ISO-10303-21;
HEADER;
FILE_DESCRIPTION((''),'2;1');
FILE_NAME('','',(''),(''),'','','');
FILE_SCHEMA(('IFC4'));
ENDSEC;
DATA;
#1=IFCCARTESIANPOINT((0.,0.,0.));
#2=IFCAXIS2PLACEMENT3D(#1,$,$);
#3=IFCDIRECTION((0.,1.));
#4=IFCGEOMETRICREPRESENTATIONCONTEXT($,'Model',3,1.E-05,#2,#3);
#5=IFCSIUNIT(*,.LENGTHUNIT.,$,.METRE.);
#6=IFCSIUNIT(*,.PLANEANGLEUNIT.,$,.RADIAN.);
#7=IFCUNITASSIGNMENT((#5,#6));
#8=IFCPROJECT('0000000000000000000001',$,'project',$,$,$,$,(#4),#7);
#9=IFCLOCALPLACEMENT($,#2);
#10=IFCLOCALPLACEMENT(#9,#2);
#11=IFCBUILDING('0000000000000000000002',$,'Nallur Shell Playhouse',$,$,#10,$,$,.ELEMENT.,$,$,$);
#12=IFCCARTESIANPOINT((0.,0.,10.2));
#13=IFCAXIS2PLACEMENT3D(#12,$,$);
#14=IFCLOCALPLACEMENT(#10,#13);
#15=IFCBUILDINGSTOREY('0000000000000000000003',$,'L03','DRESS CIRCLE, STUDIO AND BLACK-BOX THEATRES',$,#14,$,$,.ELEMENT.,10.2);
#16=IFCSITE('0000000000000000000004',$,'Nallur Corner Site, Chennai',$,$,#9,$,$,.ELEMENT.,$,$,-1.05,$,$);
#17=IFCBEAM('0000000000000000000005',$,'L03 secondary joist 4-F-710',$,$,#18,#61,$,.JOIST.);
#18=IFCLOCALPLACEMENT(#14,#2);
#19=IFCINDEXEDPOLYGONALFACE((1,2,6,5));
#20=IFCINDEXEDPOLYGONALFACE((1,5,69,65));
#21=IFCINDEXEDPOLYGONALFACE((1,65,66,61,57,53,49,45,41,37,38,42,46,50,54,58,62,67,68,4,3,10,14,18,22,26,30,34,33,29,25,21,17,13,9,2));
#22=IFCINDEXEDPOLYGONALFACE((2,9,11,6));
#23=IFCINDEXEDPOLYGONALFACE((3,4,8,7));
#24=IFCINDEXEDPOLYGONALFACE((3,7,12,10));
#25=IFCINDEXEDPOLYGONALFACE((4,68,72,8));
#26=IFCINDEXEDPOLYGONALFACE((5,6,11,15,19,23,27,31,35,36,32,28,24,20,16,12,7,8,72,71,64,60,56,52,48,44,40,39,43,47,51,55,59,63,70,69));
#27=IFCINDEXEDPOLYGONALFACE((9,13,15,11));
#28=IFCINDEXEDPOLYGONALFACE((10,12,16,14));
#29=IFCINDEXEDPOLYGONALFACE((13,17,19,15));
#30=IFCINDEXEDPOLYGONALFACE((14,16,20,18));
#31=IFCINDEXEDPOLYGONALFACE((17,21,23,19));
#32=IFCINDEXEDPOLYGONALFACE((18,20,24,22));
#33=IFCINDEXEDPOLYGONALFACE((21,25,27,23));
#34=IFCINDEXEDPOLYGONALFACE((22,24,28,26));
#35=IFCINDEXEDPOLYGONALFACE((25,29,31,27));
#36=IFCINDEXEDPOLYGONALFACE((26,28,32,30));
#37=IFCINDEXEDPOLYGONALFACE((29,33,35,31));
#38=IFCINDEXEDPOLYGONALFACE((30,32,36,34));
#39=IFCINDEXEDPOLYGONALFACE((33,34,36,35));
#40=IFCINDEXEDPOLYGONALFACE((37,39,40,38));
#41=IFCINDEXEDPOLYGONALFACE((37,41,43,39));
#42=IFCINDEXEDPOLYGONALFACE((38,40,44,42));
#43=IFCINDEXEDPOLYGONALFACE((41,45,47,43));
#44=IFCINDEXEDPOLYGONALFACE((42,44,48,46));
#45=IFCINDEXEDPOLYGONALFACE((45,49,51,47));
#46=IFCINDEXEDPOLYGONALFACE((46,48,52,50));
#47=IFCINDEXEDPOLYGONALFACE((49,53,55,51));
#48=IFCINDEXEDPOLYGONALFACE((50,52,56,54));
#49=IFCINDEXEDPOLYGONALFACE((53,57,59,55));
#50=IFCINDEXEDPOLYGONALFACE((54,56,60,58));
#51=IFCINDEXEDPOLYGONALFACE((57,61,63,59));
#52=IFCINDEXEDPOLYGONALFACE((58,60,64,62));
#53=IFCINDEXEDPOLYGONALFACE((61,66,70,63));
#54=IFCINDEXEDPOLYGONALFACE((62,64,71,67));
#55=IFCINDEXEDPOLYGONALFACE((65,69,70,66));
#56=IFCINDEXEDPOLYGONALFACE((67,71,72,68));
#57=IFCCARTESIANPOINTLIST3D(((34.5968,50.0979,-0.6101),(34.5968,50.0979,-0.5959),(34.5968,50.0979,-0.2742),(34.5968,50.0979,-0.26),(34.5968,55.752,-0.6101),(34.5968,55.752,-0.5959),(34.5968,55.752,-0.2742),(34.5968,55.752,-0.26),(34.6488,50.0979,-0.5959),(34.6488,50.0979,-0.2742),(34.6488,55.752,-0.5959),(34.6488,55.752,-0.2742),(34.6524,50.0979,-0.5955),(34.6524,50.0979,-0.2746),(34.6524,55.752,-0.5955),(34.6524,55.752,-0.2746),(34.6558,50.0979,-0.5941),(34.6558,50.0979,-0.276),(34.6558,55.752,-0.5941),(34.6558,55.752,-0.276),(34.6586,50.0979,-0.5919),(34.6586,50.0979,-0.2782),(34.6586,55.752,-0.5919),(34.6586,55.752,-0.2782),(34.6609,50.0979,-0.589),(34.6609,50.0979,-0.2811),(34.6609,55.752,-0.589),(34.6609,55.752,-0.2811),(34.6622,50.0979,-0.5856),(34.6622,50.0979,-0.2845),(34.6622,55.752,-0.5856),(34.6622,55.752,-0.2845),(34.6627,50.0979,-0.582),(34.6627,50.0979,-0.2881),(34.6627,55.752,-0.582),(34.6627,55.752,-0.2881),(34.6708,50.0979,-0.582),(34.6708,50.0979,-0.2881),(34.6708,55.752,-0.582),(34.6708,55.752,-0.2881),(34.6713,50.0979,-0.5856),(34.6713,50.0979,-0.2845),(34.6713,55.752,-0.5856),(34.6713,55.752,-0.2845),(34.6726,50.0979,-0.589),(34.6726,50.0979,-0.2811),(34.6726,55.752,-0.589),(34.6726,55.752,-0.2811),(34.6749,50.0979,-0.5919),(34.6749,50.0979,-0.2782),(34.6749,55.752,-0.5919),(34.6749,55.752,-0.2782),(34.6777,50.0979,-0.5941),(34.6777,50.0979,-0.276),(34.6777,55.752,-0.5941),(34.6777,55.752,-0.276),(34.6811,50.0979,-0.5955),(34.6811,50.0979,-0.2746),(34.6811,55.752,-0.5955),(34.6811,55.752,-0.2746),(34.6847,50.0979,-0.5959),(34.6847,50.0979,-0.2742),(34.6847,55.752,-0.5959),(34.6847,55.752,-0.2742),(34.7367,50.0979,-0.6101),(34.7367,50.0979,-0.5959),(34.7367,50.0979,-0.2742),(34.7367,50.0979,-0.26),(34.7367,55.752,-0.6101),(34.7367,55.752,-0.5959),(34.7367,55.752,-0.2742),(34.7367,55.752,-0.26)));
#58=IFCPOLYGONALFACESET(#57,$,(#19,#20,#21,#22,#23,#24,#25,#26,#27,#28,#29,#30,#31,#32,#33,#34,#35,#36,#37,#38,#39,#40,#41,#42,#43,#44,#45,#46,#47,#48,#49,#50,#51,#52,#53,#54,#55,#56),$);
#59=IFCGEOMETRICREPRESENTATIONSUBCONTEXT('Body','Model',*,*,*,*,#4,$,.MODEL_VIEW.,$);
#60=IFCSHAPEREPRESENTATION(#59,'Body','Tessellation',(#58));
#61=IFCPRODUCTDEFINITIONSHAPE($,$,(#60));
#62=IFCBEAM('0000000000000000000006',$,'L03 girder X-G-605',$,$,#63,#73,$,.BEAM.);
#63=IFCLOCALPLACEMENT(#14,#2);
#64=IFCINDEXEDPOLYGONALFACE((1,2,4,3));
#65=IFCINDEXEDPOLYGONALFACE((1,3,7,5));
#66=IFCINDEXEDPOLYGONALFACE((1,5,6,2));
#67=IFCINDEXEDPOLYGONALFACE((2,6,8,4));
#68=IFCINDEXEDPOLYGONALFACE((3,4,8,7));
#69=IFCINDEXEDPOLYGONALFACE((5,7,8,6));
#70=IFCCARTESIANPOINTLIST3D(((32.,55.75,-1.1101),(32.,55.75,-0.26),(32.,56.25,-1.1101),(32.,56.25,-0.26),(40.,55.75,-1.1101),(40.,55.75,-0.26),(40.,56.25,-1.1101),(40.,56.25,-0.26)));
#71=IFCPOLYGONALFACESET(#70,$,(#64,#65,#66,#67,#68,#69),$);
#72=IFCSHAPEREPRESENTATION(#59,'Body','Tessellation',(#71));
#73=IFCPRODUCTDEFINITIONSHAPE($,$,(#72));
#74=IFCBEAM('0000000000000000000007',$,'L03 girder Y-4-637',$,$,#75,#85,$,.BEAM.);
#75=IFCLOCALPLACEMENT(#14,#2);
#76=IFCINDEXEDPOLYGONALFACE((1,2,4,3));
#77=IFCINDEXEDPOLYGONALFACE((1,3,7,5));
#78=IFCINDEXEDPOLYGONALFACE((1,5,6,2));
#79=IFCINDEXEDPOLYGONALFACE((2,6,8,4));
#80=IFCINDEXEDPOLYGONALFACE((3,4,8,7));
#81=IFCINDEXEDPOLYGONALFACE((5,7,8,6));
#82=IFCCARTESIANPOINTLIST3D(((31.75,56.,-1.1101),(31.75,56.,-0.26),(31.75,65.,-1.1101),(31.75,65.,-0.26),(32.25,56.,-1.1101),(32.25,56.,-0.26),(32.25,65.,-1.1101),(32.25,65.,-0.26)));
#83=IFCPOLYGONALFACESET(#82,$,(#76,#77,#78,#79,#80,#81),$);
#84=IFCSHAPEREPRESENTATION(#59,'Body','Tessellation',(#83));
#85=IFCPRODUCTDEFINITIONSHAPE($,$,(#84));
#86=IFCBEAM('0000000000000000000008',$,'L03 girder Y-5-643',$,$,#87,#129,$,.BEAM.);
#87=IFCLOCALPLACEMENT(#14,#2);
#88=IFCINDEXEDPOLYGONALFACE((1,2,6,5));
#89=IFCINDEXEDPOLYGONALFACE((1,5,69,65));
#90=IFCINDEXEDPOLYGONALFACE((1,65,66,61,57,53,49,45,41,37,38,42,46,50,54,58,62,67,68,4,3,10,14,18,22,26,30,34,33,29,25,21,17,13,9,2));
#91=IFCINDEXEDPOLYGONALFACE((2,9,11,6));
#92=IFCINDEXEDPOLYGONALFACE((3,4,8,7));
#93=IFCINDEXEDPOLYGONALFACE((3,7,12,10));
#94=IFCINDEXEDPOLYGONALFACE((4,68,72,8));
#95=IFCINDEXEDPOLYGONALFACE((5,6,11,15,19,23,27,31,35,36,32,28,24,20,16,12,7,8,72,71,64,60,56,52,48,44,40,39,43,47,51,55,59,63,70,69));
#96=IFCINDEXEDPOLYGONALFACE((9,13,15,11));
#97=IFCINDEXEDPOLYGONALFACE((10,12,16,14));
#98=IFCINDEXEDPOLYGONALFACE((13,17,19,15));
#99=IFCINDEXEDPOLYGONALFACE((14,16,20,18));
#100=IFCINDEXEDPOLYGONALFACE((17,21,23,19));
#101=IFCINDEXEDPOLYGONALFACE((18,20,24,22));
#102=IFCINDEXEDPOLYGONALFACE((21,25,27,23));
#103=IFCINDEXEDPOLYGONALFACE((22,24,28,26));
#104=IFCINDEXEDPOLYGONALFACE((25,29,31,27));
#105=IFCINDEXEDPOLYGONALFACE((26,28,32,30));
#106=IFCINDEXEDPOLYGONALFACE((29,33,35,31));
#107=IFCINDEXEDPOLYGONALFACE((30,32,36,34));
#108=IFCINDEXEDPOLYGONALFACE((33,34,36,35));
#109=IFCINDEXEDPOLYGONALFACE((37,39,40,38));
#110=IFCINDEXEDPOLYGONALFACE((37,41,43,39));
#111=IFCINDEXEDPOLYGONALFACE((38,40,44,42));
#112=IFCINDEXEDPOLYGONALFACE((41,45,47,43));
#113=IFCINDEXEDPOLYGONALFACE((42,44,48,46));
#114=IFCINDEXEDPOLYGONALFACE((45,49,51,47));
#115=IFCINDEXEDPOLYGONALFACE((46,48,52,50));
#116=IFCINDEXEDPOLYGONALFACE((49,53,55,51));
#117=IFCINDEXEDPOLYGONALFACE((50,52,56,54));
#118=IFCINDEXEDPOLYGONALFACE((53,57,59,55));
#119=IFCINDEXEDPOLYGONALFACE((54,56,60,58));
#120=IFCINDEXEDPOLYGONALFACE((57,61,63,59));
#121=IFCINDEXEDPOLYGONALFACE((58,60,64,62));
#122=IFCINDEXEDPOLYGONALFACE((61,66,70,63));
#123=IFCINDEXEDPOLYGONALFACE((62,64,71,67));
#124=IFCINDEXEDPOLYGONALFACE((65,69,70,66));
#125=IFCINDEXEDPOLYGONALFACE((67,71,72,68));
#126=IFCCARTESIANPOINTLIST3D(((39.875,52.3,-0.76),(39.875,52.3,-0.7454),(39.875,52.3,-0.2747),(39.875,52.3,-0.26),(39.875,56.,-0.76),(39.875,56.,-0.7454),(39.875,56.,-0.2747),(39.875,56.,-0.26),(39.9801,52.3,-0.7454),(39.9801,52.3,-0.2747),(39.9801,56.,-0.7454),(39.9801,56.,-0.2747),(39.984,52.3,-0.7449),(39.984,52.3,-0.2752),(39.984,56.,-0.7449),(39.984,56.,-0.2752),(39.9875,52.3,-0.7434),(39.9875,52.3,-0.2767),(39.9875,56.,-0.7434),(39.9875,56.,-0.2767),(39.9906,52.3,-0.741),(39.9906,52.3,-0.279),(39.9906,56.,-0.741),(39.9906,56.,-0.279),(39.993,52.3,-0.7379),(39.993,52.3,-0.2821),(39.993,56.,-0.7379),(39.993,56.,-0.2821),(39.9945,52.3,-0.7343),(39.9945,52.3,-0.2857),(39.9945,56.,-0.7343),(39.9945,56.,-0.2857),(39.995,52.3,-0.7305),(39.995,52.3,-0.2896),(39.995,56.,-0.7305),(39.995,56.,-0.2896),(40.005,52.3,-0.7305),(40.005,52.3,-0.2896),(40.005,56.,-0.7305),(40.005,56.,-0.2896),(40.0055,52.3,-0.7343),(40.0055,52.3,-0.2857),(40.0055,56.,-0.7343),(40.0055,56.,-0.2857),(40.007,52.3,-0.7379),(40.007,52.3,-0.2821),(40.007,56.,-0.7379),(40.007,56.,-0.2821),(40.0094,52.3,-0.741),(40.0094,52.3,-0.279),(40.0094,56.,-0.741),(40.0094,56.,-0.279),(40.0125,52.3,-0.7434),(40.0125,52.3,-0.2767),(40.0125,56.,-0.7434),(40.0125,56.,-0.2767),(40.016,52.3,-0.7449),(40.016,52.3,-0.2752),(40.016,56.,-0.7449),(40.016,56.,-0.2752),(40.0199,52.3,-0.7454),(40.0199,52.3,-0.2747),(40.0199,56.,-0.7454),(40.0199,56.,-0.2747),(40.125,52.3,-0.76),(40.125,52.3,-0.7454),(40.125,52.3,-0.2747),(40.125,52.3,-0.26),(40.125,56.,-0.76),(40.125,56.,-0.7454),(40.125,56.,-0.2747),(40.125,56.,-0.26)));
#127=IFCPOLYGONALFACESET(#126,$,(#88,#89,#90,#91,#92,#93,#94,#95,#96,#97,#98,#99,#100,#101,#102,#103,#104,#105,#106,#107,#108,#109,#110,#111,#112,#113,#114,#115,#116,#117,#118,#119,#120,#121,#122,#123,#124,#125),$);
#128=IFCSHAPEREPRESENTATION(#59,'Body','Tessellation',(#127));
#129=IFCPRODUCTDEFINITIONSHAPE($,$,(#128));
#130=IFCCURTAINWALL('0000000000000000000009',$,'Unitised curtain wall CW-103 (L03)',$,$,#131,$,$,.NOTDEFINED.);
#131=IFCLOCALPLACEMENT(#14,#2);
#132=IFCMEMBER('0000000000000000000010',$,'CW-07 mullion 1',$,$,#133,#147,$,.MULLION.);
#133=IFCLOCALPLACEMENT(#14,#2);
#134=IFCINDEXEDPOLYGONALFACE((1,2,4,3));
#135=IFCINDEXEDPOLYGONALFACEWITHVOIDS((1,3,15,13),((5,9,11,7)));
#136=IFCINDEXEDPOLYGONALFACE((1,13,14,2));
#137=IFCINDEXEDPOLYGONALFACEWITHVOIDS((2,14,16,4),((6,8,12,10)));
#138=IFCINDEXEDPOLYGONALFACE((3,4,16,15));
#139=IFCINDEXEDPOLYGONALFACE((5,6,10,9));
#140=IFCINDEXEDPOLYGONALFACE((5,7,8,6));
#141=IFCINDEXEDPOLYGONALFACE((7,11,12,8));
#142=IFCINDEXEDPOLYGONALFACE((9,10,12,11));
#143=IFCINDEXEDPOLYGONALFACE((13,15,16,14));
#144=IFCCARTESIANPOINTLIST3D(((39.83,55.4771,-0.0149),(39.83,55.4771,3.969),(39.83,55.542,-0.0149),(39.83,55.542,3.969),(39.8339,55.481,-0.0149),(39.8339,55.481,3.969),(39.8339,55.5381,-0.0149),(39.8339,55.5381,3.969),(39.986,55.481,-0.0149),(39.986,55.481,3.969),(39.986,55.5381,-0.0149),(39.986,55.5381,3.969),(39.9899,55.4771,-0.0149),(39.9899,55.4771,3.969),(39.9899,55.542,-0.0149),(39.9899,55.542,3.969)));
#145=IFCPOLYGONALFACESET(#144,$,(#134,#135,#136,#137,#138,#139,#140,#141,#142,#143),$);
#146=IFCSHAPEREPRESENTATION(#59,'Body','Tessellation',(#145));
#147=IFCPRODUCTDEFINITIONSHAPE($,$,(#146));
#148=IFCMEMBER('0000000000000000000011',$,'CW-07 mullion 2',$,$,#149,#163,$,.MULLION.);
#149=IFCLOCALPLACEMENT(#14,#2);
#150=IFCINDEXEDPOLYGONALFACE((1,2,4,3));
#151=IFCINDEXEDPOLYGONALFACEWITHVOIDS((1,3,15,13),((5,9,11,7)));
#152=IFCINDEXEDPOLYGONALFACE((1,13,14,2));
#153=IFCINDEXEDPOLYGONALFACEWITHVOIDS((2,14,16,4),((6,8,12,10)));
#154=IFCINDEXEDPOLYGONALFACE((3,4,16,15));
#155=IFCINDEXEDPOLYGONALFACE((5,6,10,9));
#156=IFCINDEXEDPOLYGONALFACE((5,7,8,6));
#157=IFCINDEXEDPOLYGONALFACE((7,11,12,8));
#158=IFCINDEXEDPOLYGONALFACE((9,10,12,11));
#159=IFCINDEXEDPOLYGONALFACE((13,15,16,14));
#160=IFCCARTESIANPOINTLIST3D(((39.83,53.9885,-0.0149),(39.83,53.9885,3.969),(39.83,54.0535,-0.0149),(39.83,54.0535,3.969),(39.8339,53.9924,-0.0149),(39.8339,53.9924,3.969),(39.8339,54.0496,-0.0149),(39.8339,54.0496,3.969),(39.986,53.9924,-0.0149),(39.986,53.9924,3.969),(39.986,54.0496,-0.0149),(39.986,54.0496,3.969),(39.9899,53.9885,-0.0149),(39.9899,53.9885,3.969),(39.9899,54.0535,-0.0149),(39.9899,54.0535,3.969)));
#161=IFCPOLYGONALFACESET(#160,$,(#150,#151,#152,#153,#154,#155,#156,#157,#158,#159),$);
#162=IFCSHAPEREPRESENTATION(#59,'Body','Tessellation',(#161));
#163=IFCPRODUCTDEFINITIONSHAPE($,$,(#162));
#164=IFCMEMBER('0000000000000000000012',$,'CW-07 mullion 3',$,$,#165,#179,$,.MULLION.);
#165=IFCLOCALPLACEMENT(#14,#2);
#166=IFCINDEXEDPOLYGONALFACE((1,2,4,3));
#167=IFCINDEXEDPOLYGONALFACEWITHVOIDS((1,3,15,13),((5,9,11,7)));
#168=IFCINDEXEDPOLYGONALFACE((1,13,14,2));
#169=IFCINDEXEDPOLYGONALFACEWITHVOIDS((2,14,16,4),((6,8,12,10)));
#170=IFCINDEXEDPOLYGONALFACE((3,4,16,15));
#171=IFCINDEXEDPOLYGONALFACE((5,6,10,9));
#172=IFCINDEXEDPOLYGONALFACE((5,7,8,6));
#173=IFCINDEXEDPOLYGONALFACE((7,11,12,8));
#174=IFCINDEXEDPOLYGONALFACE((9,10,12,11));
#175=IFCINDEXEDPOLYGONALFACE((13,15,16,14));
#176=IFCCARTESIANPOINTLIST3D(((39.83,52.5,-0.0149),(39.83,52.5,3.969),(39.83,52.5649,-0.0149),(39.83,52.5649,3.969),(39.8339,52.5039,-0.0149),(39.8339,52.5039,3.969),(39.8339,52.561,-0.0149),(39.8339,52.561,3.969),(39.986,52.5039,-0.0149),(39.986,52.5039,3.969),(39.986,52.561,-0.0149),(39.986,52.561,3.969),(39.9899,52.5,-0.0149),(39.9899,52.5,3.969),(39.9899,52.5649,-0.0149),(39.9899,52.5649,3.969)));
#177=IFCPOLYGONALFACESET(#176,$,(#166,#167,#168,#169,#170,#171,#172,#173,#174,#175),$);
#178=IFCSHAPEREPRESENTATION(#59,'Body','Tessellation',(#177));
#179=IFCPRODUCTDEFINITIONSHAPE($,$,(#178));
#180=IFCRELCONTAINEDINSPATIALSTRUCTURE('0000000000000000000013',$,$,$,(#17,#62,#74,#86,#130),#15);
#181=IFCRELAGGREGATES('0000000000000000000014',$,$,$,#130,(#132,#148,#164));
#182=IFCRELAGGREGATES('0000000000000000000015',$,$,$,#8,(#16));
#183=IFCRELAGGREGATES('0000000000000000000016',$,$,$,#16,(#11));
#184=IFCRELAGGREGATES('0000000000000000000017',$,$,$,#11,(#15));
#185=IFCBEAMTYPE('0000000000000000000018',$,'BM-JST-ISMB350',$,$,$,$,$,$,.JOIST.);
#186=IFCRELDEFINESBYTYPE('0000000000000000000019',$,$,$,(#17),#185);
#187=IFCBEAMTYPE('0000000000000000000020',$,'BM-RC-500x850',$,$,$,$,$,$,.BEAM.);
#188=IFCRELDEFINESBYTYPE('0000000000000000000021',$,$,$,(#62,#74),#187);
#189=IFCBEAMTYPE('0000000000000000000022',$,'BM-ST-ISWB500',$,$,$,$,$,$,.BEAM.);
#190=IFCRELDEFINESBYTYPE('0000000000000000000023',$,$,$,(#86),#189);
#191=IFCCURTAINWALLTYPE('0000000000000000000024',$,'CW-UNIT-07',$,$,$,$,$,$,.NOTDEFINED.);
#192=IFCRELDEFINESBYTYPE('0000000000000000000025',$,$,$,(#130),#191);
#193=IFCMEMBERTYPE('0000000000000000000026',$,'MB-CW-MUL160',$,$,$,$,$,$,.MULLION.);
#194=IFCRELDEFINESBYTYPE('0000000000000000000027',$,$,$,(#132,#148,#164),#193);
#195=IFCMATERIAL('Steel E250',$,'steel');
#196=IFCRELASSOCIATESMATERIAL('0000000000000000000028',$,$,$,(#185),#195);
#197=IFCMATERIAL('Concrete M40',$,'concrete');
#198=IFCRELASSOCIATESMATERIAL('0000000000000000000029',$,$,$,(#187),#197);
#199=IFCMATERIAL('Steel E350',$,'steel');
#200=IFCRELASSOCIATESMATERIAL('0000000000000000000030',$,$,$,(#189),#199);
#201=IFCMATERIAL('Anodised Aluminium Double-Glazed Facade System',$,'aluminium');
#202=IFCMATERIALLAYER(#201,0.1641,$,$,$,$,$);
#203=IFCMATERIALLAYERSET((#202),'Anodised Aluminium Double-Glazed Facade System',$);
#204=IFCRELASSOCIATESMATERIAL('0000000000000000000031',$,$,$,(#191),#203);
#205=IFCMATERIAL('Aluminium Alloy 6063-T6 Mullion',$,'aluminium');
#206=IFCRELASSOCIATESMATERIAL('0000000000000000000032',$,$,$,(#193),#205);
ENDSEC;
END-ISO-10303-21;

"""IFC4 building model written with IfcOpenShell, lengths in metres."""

from ifc_helpers import new_model, si_unit, direction, frame, origin, origin_2d, place, context, subcontext, project, spatial, rectangle, hollow_rectangle, i_section, extrude, material, layer, layer_set, material_profile, profile_set, type_object, element, aggregate, save


model = new_model("IFC4")

# Units and contexts
model_context = context("Model", 3, precision=1e-05, world=origin(), true_north=direction((0.0, 1.0)))
body_context = subcontext(model_context, "Body", "Model", "MODEL_VIEW")
ifc_project = project(units=[si_unit("LENGTHUNIT", "METRE"), si_unit("PLANEANGLEUNIT", "RADIAN")], contexts=[model_context])

# Site, building, storey
site_placement = place(None, origin())
site = spatial("IfcSite", under=ifc_project, at=site_placement, Name="Nallur Corner Site, Chennai", CompositionType="ELEMENT", RefElevation=-1.05)
building_placement = place(site_placement, origin())
building = spatial("IfcBuilding", under=site, at=building_placement, Name="Nallur Shell Playhouse", CompositionType="ELEMENT")
storey_placement = place(building_placement, frame((0.0, 0.0, 10.2)))
storey = spatial("IfcBuildingStorey", under=building, at=storey_placement, Name="L03", Description="DRESS CIRCLE, STUDIO AND BLACK-BOX THEATRES", CompositionType="ELEMENT", Elevation=10.2)

# Shared definitions
ifc_material_1 = material(Name="Concrete M40", Category="concrete")
ifc_material_2 = material(Name="Steel E350", Category="steel")

# Beams
ifc_material_3 = material(Name="Steel E250", Category="steel")
ifc_material_profile_1 = material_profile(ifc_material_3, i_section(OverallWidth=0.1399, OverallDepth=0.3501, WebThickness=0.0081, FlangeThickness=0.0142, FilletRadius=0.0139, at=origin_2d()), Name="ISMB 350")
ifc_profile_set_1 = profile_set([ifc_material_profile_1], Name="Steel E250")
beam_type_1 = type_object("IfcBeamType", Name="BM-JST-ISMB350", PredefinedType="JOIST", material=ifc_profile_set_1)
beam_1_placement = place(storey_placement, frame((34.6667, 50.0979, -0.4351), z_axis=(0.0, 1.0, 0.0), x_axis=(-1.0, 0.0, 0.0)))
element("IfcBeam", 1, at=beam_1_placement, inside=storey, type_object=beam_type_1, Name="L03 secondary joist 4-F-710", PredefinedType="JOIST", context=body_context, shape_type="SweptSolid", body=[
    extrude(i_section(OverallWidth=0.1399, OverallDepth=0.3501, WebThickness=0.0081, FlangeThickness=0.0142, FilletRadius=0.0139, at=origin_2d()), origin(), (0.0, 0.0, 1.0), 5.6541),
])
ifc_material_profile_2 = material_profile(ifc_material_1, rectangle(XDim=0.5, YDim=0.8501, at=origin_2d()), Name="RC 500x850")
ifc_profile_set_2 = profile_set([ifc_material_profile_2], Name="Concrete M40")
beam_type_2 = type_object("IfcBeamType", Name="BM-RC-500x850", PredefinedType="BEAM", material=ifc_profile_set_2)
beam_2_placement = place(storey_placement, frame((32.0, 56.0, -0.6851), z_axis=(1.0, 0.0, 0.0), x_axis=(0.0, 1.0, 0.0)))
element("IfcBeam", 2, at=beam_2_placement, inside=storey, type_object=beam_type_2, Name="L03 girder X-G-605", PredefinedType="BEAM", context=body_context, shape_type="SweptSolid", body=[
    extrude(rectangle(XDim=0.5, YDim=0.8501, at=origin_2d()), origin(), (0.0, 0.0, 1.0), 8.0),
])
beam_3_placement = place(storey_placement, frame((32.0, 56.0, -0.6851), z_axis=(0.0, 1.0, 0.0), x_axis=(-1.0, 0.0, 0.0)))
element("IfcBeam", 3, at=beam_3_placement, inside=storey, type_object=beam_type_2, Name="L03 girder Y-4-637", PredefinedType="BEAM", context=body_context, shape_type="SweptSolid", body=[
    extrude(rectangle(XDim=0.5, YDim=0.8501, at=origin_2d()), origin(), (0.0, 0.0, 1.0), 9.0),
])
ifc_material_profile_3 = material_profile(ifc_material_2, i_section(OverallWidth=0.25, OverallDepth=0.5, WebThickness=0.01, FlangeThickness=0.0146, FilletRadius=0.0149, at=origin_2d()), Name="ISWB 500")
ifc_profile_set_3 = profile_set([ifc_material_profile_3], Name="Steel E350")
beam_type_3 = type_object("IfcBeamType", Name="BM-ST-ISWB500", PredefinedType="BEAM", material=ifc_profile_set_3)
beam_4_placement = place(storey_placement, frame((40.0, 52.3, -0.51), z_axis=(0.0, 1.0, 0.0), x_axis=(-1.0, 0.0, 0.0)))
element("IfcBeam", 4, at=beam_4_placement, inside=storey, type_object=beam_type_3, Name="L03 girder Y-5-643", PredefinedType="BEAM", context=body_context, shape_type="SweptSolid", body=[
    extrude(i_section(OverallWidth=0.25, OverallDepth=0.5, WebThickness=0.01, FlangeThickness=0.0146, FilletRadius=0.0149, at=origin_2d()), origin(), (0.0, 0.0, 1.0), 3.7),
])

# Curtain wall, members
ifc_material_4 = material(Name="Anodised Aluminium Double-Glazed Facade System", Category="aluminium")
ifc_layer_1 = layer(ifc_material_4, 0.1641)
ifc_layer_set_1 = layer_set([ifc_layer_1], Name="Anodised Aluminium Double-Glazed Facade System")
curtain_wall_type = type_object("IfcCurtainWallType", Name="CW-UNIT-07", PredefinedType="NOTDEFINED", material=ifc_layer_set_1)
curtain_wall_placement = place(storey_placement, origin())
curtain_wall = element("IfcCurtainWall", 5, at=curtain_wall_placement, inside=storey, type_object=curtain_wall_type, Name="Unitised curtain wall CW-103 (L03)", PredefinedType="NOTDEFINED")
ifc_material_5 = material(Name="Aluminium Alloy 6063-T6 Mullion", Category="aluminium")
ifc_material_profile_4 = material_profile(ifc_material_5, hollow_rectangle(XDim=0.0649, YDim=0.1599, WallThickness=0.0039, at=origin_2d()), Name="ALU 65x160x4")
ifc_profile_set_4 = profile_set([ifc_material_profile_4], Name="Aluminium Alloy 6063-T6 Mullion")
member_type_1 = type_object("IfcMemberType", Name="MB-CW-MUL160", PredefinedType="MULLION", material=ifc_profile_set_4)
member_1_placement = place(storey_placement, frame((39.9099, 55.5095, -0.0149), z_axis=(0.0, 0.0, 1.0), x_axis=(0.0, -1.0, 0.0)))
member_1 = element("IfcMember", 6, at=member_1_placement, type_object=member_type_1, Name="CW-07 mullion 1", PredefinedType="MULLION", context=body_context, shape_type="SweptSolid", body=[
    extrude(hollow_rectangle(XDim=0.0649, YDim=0.1599, WallThickness=0.0039, at=origin_2d()), origin(), (0.0, 0.0, 1.0), 3.9839),
])
member_2_placement = place(storey_placement, frame((39.9099, 54.021, -0.0149), z_axis=(0.0, 0.0, 1.0), x_axis=(0.0, -1.0, 0.0)))
member_2 = element("IfcMember", 7, at=member_2_placement, type_object=member_type_1, Name="CW-07 mullion 2", PredefinedType="MULLION", context=body_context, shape_type="SweptSolid", body=[
    extrude(hollow_rectangle(XDim=0.0649, YDim=0.1599, WallThickness=0.0039, at=origin_2d()), origin(), (0.0, 0.0, 1.0), 3.9839),
])
member_3_placement = place(storey_placement, frame((39.9099, 52.5325, -0.0149), z_axis=(0.0, 0.0, 1.0), x_axis=(0.0, -1.0, 0.0)))
member_3 = element("IfcMember", 8, at=member_3_placement, type_object=member_type_1, Name="CW-07 mullion 3", PredefinedType="MULLION", context=body_context, shape_type="SweptSolid", body=[
    extrude(hollow_rectangle(XDim=0.0649, YDim=0.1599, WallThickness=0.0039, at=origin_2d()), origin(), (0.0, 0.0, 1.0), 3.9839),
])
aggregate(curtain_wall, [member_1, member_2, member_3])

save(model, "model.ifc")
